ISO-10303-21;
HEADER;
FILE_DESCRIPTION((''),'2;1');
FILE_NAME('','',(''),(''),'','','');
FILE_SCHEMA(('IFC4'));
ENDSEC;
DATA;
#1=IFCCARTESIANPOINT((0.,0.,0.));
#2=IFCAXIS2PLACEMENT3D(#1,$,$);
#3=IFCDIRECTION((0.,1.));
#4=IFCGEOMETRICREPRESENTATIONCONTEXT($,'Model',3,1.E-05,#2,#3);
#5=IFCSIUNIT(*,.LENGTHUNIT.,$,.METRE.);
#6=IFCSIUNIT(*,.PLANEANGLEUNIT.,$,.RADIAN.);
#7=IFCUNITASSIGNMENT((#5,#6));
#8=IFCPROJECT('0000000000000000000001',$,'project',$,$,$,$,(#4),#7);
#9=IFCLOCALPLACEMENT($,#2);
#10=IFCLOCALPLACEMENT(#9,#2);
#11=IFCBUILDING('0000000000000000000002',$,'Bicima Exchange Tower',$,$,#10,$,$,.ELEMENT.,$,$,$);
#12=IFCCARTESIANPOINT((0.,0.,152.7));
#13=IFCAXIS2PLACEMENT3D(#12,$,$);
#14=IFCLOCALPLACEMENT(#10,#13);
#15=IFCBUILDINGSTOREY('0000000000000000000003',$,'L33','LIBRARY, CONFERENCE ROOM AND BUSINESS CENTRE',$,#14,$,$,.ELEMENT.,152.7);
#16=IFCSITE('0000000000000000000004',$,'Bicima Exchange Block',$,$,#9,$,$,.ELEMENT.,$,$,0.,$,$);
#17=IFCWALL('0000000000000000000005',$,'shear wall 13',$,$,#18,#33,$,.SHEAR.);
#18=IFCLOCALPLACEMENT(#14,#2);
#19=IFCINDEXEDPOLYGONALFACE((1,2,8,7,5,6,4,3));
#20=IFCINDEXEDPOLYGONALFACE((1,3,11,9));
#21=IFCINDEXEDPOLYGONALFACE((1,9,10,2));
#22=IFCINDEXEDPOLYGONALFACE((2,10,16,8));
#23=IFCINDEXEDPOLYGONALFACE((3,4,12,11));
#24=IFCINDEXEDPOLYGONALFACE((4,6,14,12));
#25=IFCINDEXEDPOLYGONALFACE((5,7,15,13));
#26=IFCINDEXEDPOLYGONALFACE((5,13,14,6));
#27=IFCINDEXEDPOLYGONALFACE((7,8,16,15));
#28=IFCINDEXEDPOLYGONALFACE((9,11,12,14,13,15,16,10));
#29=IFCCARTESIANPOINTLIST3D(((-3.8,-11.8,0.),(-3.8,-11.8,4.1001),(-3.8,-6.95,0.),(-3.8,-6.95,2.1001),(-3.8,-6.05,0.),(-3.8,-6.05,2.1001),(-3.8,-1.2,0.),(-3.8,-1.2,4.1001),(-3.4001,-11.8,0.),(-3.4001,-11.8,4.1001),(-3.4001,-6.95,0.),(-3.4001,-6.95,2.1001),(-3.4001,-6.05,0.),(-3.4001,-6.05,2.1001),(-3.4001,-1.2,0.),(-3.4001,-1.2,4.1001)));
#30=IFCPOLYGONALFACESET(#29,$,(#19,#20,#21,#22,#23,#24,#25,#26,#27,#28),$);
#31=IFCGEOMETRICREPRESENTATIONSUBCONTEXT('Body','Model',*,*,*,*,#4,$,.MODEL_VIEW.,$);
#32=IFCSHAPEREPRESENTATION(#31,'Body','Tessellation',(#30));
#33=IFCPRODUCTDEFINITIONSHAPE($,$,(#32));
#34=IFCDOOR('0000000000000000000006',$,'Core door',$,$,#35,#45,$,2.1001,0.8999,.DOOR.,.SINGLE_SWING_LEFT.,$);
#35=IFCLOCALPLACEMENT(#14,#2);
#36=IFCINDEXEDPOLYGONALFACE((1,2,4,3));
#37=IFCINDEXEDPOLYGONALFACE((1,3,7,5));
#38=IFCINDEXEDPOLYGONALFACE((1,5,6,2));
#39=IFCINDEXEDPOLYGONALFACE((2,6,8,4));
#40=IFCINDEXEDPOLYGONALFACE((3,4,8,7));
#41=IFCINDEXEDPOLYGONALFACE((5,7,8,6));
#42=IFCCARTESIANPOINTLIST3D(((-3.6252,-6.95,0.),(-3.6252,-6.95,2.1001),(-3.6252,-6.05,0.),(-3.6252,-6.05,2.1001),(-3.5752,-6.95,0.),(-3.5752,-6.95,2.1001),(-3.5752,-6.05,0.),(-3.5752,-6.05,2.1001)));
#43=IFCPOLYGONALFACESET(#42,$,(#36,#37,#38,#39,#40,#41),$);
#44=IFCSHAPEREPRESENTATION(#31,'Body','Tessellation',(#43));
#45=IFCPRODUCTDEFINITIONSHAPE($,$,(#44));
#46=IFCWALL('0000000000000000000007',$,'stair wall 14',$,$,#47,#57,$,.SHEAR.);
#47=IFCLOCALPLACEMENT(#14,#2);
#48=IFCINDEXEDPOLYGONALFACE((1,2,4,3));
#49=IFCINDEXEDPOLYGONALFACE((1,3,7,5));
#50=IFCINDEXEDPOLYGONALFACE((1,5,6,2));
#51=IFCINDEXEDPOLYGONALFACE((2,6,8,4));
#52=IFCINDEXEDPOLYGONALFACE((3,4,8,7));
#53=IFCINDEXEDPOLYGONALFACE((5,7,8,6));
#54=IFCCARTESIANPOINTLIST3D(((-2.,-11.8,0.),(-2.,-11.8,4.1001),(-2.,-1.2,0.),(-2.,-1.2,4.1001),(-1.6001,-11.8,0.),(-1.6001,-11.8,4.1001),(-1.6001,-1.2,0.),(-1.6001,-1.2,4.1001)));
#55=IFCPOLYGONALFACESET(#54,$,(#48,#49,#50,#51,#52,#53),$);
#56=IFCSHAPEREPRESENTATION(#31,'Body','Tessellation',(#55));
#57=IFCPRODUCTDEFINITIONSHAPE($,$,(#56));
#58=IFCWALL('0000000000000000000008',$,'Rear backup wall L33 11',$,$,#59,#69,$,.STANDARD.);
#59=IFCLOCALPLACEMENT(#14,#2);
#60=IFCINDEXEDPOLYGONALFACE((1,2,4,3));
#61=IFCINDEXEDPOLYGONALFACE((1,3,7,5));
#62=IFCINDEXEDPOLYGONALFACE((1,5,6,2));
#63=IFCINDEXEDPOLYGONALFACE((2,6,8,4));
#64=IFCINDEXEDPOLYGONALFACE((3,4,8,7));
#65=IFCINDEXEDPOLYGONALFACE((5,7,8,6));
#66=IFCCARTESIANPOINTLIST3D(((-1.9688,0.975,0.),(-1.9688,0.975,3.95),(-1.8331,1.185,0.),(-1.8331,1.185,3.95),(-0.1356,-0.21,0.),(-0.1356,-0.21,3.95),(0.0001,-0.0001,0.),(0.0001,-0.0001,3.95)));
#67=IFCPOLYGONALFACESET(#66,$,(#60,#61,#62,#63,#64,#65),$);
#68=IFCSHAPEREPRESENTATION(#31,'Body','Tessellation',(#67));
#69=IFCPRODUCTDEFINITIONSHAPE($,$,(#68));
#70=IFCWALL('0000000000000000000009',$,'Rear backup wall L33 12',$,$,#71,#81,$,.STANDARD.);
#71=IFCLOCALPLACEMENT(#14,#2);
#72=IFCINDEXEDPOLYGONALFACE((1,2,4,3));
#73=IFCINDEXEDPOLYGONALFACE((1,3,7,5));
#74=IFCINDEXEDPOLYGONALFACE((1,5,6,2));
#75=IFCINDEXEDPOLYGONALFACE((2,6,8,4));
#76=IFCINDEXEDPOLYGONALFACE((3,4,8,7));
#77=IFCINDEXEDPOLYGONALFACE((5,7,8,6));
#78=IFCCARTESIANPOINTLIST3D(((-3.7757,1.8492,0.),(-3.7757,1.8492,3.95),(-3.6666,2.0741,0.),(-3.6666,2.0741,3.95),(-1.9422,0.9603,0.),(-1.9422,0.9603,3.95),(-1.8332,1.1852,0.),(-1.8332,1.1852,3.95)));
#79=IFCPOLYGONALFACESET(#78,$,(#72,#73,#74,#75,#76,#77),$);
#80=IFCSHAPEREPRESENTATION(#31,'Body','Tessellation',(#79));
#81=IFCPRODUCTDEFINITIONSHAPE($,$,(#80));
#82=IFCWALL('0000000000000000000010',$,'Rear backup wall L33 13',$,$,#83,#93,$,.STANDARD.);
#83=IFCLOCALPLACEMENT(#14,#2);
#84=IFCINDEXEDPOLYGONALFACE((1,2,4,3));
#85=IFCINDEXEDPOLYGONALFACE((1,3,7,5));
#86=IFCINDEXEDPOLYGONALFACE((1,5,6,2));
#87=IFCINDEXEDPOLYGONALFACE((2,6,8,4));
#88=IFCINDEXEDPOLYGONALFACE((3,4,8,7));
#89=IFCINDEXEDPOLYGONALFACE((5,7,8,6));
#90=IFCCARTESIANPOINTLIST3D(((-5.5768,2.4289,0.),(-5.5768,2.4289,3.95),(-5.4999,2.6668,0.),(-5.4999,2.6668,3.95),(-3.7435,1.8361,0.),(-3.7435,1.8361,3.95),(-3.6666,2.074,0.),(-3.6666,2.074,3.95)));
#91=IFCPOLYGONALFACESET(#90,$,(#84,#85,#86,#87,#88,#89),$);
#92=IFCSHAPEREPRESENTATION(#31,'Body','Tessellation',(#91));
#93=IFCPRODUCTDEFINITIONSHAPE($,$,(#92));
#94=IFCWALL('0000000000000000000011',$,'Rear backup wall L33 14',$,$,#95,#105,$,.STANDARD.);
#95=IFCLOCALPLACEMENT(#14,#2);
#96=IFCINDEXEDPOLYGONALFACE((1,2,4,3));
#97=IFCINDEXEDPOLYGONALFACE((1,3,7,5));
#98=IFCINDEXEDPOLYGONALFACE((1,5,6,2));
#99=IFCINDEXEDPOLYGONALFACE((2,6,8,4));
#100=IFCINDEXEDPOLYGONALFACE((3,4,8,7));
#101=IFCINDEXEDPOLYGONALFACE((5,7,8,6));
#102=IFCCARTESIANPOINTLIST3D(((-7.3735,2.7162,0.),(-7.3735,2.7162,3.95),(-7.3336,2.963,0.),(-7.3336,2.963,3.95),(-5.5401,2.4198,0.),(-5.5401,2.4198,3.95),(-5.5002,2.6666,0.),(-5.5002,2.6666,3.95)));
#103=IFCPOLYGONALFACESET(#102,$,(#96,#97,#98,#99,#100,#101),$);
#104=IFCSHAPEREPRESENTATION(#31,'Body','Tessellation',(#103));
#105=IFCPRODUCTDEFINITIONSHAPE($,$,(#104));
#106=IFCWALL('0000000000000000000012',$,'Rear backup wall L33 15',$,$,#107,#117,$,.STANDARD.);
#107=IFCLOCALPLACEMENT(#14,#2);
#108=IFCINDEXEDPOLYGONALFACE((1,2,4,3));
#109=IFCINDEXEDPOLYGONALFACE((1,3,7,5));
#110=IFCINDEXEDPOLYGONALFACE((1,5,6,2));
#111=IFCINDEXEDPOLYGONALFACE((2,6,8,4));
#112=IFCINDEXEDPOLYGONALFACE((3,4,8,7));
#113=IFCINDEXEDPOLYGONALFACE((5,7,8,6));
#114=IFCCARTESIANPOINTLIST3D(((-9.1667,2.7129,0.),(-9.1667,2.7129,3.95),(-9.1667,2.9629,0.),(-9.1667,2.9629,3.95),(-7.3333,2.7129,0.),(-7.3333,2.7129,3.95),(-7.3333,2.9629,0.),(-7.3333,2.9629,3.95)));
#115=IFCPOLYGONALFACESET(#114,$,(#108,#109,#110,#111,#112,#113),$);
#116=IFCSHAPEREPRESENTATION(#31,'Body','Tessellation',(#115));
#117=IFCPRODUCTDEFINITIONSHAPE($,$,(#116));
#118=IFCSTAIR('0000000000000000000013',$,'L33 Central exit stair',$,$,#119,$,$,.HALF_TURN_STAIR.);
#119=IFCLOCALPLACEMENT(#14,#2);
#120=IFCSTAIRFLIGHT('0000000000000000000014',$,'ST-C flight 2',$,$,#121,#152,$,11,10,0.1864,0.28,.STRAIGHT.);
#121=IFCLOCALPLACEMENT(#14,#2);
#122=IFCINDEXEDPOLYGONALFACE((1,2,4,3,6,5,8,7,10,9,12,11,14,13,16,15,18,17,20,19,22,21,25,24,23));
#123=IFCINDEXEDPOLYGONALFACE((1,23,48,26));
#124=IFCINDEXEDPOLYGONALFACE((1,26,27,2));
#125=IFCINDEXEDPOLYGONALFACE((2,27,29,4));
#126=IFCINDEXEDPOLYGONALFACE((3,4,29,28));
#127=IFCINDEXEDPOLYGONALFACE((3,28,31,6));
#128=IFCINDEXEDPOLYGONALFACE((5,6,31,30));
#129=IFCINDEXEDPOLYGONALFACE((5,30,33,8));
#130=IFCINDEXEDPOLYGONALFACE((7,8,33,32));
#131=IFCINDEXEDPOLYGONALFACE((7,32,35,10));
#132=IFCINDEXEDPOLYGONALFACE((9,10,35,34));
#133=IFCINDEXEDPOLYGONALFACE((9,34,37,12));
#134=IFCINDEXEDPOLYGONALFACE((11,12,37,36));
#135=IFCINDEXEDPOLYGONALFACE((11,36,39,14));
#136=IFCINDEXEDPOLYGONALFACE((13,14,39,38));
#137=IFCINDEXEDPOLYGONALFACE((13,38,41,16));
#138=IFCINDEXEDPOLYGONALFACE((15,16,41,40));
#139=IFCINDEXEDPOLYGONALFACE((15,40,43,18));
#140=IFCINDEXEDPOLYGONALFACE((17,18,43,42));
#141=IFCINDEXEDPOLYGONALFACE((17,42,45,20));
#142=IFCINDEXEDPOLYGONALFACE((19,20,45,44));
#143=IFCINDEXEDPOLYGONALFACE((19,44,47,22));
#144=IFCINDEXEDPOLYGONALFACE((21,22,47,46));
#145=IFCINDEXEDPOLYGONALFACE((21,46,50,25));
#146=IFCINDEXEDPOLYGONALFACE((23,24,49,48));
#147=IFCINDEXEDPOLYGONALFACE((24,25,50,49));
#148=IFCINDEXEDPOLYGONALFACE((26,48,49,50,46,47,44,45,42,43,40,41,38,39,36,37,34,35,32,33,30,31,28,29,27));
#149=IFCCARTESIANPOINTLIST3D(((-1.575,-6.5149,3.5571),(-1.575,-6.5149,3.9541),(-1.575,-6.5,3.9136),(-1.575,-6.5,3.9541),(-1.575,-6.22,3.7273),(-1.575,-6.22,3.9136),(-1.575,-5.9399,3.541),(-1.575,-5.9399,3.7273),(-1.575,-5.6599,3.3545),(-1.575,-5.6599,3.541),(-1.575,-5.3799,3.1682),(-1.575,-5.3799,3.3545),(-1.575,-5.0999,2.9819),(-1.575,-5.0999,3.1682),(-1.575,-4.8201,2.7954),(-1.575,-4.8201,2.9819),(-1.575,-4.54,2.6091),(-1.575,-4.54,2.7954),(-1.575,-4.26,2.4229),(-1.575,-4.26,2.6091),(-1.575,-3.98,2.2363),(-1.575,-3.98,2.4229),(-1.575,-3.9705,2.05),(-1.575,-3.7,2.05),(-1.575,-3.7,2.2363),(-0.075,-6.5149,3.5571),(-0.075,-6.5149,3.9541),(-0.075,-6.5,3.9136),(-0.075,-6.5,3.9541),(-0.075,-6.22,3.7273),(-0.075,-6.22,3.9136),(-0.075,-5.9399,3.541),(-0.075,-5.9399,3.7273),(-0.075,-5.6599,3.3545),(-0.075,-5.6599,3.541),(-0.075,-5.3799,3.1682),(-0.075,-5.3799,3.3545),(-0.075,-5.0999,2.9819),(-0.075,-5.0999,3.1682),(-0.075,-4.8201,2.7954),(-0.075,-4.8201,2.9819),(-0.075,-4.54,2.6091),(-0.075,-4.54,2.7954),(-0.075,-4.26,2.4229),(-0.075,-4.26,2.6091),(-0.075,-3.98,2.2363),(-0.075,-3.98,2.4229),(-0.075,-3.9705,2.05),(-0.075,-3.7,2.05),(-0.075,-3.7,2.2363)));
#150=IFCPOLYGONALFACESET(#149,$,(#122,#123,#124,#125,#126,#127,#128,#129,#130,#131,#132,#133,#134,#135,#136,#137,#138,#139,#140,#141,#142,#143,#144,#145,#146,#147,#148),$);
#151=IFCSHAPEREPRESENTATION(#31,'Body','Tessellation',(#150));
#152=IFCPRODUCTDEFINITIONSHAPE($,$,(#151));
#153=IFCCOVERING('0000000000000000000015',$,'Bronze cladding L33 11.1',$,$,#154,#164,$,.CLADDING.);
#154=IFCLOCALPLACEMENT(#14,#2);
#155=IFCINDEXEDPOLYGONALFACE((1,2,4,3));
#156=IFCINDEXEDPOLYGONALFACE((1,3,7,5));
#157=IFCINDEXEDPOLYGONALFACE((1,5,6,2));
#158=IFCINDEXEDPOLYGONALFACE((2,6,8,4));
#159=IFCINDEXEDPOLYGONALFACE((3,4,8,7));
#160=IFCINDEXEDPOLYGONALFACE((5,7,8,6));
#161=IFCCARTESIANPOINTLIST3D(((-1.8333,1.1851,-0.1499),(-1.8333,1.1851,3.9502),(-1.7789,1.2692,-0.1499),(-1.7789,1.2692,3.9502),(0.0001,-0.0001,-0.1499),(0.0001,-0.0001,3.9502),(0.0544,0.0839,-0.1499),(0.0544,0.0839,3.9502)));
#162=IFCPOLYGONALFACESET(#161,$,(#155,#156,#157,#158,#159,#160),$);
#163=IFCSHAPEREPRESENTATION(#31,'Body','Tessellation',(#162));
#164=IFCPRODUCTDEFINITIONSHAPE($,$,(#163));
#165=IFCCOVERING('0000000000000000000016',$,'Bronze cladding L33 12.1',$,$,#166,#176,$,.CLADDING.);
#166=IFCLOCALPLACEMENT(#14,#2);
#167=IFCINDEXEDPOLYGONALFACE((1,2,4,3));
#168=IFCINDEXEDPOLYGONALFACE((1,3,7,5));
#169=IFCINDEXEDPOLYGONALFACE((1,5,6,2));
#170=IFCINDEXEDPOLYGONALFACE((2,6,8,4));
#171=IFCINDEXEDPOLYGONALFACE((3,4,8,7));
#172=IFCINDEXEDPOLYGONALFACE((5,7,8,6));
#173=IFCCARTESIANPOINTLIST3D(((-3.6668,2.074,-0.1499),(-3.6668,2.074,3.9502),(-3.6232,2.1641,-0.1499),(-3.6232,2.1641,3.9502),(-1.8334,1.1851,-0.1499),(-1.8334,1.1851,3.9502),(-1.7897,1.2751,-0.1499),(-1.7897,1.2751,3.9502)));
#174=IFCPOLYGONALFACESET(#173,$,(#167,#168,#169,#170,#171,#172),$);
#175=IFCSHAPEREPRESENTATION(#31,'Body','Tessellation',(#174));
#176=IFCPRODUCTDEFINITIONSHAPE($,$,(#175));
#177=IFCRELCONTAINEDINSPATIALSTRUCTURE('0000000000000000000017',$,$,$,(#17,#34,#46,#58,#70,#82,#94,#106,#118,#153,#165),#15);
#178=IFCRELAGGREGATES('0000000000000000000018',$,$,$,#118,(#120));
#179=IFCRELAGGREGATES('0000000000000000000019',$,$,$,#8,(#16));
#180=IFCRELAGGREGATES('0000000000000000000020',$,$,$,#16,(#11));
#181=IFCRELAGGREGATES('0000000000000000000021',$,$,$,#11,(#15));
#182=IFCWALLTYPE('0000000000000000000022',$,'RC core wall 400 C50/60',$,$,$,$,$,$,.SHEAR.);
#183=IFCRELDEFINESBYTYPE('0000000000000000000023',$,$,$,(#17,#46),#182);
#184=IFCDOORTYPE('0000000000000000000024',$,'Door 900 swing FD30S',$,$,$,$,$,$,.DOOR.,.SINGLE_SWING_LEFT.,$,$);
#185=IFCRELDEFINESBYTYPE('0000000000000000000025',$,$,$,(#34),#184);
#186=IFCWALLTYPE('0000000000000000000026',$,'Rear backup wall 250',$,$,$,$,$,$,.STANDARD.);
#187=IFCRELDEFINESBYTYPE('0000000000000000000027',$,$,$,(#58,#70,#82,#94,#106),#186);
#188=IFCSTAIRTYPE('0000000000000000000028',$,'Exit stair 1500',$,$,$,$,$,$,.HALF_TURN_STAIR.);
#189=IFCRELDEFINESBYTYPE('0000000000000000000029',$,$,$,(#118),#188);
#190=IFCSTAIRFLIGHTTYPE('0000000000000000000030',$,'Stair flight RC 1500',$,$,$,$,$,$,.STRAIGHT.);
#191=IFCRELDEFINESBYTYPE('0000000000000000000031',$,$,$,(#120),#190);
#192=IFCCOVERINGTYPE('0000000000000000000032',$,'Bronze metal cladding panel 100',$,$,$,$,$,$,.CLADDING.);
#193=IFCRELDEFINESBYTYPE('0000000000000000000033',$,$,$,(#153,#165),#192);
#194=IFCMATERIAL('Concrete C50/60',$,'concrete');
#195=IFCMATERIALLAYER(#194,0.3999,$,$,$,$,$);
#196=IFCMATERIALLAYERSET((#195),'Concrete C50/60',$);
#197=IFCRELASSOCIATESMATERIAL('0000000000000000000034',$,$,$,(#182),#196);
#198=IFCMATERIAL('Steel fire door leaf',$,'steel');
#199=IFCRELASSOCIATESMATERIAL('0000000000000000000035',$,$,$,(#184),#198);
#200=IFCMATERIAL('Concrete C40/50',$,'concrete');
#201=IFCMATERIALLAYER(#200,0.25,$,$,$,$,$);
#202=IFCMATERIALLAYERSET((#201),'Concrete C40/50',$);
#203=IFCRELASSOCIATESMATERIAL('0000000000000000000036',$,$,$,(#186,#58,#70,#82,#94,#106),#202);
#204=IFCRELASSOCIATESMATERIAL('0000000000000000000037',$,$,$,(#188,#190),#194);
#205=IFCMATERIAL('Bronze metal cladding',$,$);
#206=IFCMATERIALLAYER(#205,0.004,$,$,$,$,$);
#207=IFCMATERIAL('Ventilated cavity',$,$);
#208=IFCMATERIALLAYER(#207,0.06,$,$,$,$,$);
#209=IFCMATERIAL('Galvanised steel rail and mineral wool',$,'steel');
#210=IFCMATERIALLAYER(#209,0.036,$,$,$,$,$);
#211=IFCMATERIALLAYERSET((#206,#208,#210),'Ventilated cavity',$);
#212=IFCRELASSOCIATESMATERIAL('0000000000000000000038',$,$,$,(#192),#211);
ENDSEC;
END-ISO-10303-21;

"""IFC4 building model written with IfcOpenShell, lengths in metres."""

from ifc_helpers import new_model, si_unit, direction, frame, frame_2d, origin, origin_2d, place, context, subcontext, project, spatial, polyline, rectangle, outline, extrude, material, layer, layer_set, layer_usage, type_object, element, fill, aggregate, save


model = new_model("IFC4")

# Units and contexts
model_context = context("Model", 3, precision=1e-05, world=origin(), true_north=direction((0.0, 1.0)))
body_context = subcontext(model_context, "Body", "Model", "MODEL_VIEW")
ifc_project = project(units=[si_unit("LENGTHUNIT", "METRE"), si_unit("PLANEANGLEUNIT", "RADIAN")], contexts=[model_context])

# Site, building, storey
site_placement = place(None, origin())
site = spatial("IfcSite", under=ifc_project, at=site_placement, Name="Bicima Exchange Block", CompositionType="ELEMENT", RefElevation=0.0)
building_placement = place(site_placement, origin())
building = spatial("IfcBuilding", under=site, at=building_placement, Name="Bicima Exchange Tower", CompositionType="ELEMENT")
storey_placement = place(building_placement, frame((0.0, 0.0, 152.7)))
storey = spatial("IfcBuildingStorey", under=building, at=storey_placement, Name="L33", Description="LIBRARY, CONFERENCE ROOM AND BUSINESS CENTRE", CompositionType="ELEMENT", Elevation=152.7)

# Shared definitions
ifc_material_1 = material(Name="Concrete C40/50", Category="concrete")

# Shared definitions
ifc_material_2 = material(Name="Concrete C50/60", Category="concrete")

# Shared definitions
ifc_layer_1 = layer(ifc_material_2, 0.3999)
ifc_layer_set_1 = layer_set([ifc_layer_1], Name="Concrete C50/60")
wall_type_1 = type_object("IfcWallType", Name="RC core wall 400 C50/60", PredefinedType="SHEAR", material=ifc_layer_set_1)
ifc_material_3 = material(Name="Steel fire door leaf", Category="steel")

# Wall, opening, door
wall_1_placement = place(storey_placement, frame((-3.6001, -11.8, 0.0), z_axis=(0.0, 0.0, 1.0), x_axis=(0.0, 1.0, 0.0)))
wall_1 = element("IfcWall", 1, at=wall_1_placement, inside=storey, type_object=wall_type_1, Name="shear wall 13", PredefinedType="SHEAR", context=body_context, shape_type="SweptSolid", body=[
    extrude(rectangle(XDim=10.6001, YDim=0.3999, at=frame_2d((5.3, 0.0))), origin(), (0.0, 0.0, 1.0), 4.1001),
])
opening_1_placement = place(wall_1_placement, frame((4.8501, 0.0, 0.0)))
opening_1 = element("IfcOpeningElement", 2, at=opening_1_placement, cuts=wall_1, PredefinedType="OPENING", context=body_context, shape_type="SweptSolid", body=[
    extrude(rectangle(XDim=0.8999, YDim=2.1001, at=frame_2d((0.45, 1.05))), frame((0.0, 0.2119, 0.0), z_axis=(0.0, -1.0, 0.0), x_axis=(1.0, 0.0, 0.0)), (0.0, 0.0, 1.0), 0.4238),
])
door_type_1 = type_object("IfcDoorType", Name="Door 900 swing FD30S", OperationType="SINGLE_SWING_LEFT", PredefinedType="DOOR", material=ifc_material_3)
door_1_placement = place(opening_1_placement, frame((0.8999, 0.0, 0.0), z_axis=(0.0, 0.0, 1.0), x_axis=(-1.0, 0.0, 0.0)))
door_1 = element("IfcDoor", 3, at=door_1_placement, inside=storey, type_object=door_type_1, Name="Core door", OperationType="SINGLE_SWING_LEFT", OverallHeight=2.1001, OverallWidth=0.8999, PredefinedType="DOOR", context=body_context, shape_type="SweptSolid", body=[
    extrude(rectangle(XDim=0.8999, YDim=2.1001, at=frame_2d((0.45, 1.05))), frame((0.0, 0.0249, 0.0), z_axis=(0.0, -1.0, 0.0), x_axis=(1.0, 0.0, 0.0)), (0.0, 0.0, 1.0), 0.05),
])
fill(opening_1, door_1)

# Walls
wall_2_placement = place(storey_placement, frame((-1.8, -11.8, 0.0), z_axis=(0.0, 0.0, 1.0), x_axis=(0.0, 1.0, 0.0)))
element("IfcWall", 4, at=wall_2_placement, inside=storey, type_object=wall_type_1, Name="stair wall 14", PredefinedType="SHEAR", context=body_context, shape_type="SweptSolid", body=[
    extrude(rectangle(XDim=10.6001, YDim=0.3999, at=frame_2d((5.3, 0.0))), origin(), (0.0, 0.0, 1.0), 4.1001),
])
ifc_layer_2 = layer(ifc_material_1, 0.25)
ifc_layer_set_2 = layer_set([ifc_layer_2], Name="Concrete C40/50")
ifc_layer_usage = layer_usage(ifc_layer_set_2, "AXIS2", "POSITIVE", -0.125)
wall_type_2 = type_object("IfcWallType", Name="Rear backup wall 250", PredefinedType="STANDARD", material=ifc_layer_set_2)
wall_3_placement = place(storey_placement, frame((-0.0679, -0.105, 0.0), z_axis=(0.0, 0.0, 1.0), x_axis=(-0.839813, 0.542876, 0.0)))
element("IfcWall", 5, at=wall_3_placement, inside=storey, type_object=wall_type_2, material=ifc_layer_usage, Name="Rear backup wall L33 11", PredefinedType="STANDARD", context=body_context, shape_type="SweptSolid", body=[
    extrude(rectangle(XDim=2.1829, YDim=0.25, at=frame_2d((1.0913, 0.0))), origin(), (0.0, 0.0, 1.0), 3.95),
])
wall_4_placement = place(storey_placement, frame((-1.8877, 1.0728, 0.0), z_axis=(0.0, 0.0, 1.0), x_axis=(-0.899824, 0.436253, 0.0)))
element("IfcWall", 6, at=wall_4_placement, inside=storey, type_object=wall_type_2, material=ifc_layer_usage, Name="Rear backup wall L33 12", PredefinedType="STANDARD", context=body_context, shape_type="SweptSolid", body=[
    extrude(rectangle(XDim=2.0376, YDim=0.25, at=frame_2d((1.0188, 0.0))), origin(), (0.0, 0.0, 1.0), 3.95),
])
wall_5_placement = place(storey_placement, frame((-3.7051, 1.9551, 0.0), z_axis=(0.0, 0.0, 1.0), x_axis=(-0.951496, 0.307662, 0.0)))
element("IfcWall", 7, at=wall_5_placement, inside=storey, type_object=wall_type_2, material=ifc_layer_usage, Name="Rear backup wall L33 13", PredefinedType="STANDARD", context=body_context, shape_type="SweptSolid", body=[
    extrude(rectangle(XDim=1.9268, YDim=0.25, at=frame_2d((0.9634, 0.0))), origin(), (0.0, 0.0, 1.0), 3.95),
])
wall_6_placement = place(storey_placement, frame((-5.52, 2.5432, 0.0), z_axis=(0.0, 0.0, 1.0), x_axis=(-0.987182, 0.1596, 0.0)))
element("IfcWall", 8, at=wall_6_placement, inside=storey, type_object=wall_type_2, material=ifc_layer_usage, Name="Rear backup wall L33 14", PredefinedType="STANDARD", context=body_context, shape_type="SweptSolid", body=[
    extrude(rectangle(XDim=1.8572, YDim=0.25, at=frame_2d((0.9287, 0.0))), origin(), (0.0, 0.0, 1.0), 3.95),
])
wall_7_placement = place(storey_placement, frame((-7.3333, 2.8379, 0.0), z_axis=(0.0, 0.0, 1.0), x_axis=(-1.0, 0.0, 0.0)))
element("IfcWall", 9, at=wall_7_placement, inside=storey, type_object=wall_type_2, material=ifc_layer_usage, Name="Rear backup wall L33 15", PredefinedType="STANDARD", context=body_context, shape_type="SweptSolid", body=[
    extrude(rectangle(XDim=1.8335, YDim=0.25, at=frame_2d((0.9167, 0.0))), origin(), (0.0, 0.0, 1.0), 3.95),
])

# Stair, stair flight
stair_type_1 = type_object("IfcStairType", Name="Exit stair 1500", PredefinedType="HALF_TURN_STAIR", material=ifc_material_2)
stair_1_placement = place(storey_placement, origin())
stair_1 = element("IfcStair", 10, at=stair_1_placement, inside=storey, type_object=stair_type_1, Name="L33 Central exit stair", PredefinedType="HALF_TURN_STAIR")
stair_flight_type = type_object("IfcStairFlightType", Name="Stair flight RC 1500", PredefinedType="STRAIGHT", material=ifc_material_2)
stair_flight_placement = place(storey_placement, frame((-0.825, -3.7, 2.05), z_axis=(0.0, 0.0, 1.0), x_axis=(0.0, -1.0, 0.0)))
stair_flight = element("IfcStairFlight", 11, at=stair_flight_placement, type_object=stair_flight_type, Name="ST-C flight 2", NumberOfRisers=11, NumberOfTreads=10, PredefinedType="STRAIGHT", RiserHeight=0.1864, TreadLength=0.28, context=body_context, shape_type="SweptSolid", body=[
    extrude(outline(polyline([(0.0, 0.0), (0.0, 0.1863), (0.28, 0.1863), (0.28, 0.3728), (0.5601, 0.3728), (0.5601, 0.5591), (0.8401, 0.5591), (0.8401, 0.7454), (1.1201, 0.7454), (1.1201, 0.9319), (1.3999, 0.9319), (1.3999, 1.1182), (1.6799, 1.1182), (1.6799, 1.3044), (1.96, 1.3044), (1.96, 1.491), (2.24, 1.491), (2.24, 1.6772), (2.52, 1.6772), (2.52, 1.8635), (2.8, 1.8635), (2.8, 1.9041), (2.8149, 1.9041), (2.8149, 1.5071), (0.2705, 0.0), (0.0, 0.0)])), frame((0.0, 0.75, 0.0), z_axis=(0.0, -1.0, 0.0), x_axis=(1.0, 0.0, 0.0)), (0.0, 0.0, 1.0), 1.5),
])
aggregate(stair_1, [stair_flight])

# Coverings
ifc_material_4 = material(Name="Bronze metal cladding")
ifc_layer_3 = layer(ifc_material_4, 0.004)
ifc_material_5 = material(Name="Ventilated cavity")
ifc_layer_4 = layer(ifc_material_5, 0.06)
ifc_material_6 = material(Name="Galvanised steel rail and mineral wool", Category="steel")
ifc_layer_5 = layer(ifc_material_6, 0.036)
ifc_layer_set_3 = layer_set([ifc_layer_3, ifc_layer_4, ifc_layer_5], Name="Ventilated cavity")
covering_type = type_object("IfcCoveringType", Name="Bronze metal cladding panel 100", PredefinedType="CLADDING", material=ifc_layer_set_3)
covering_1_placement = place(storey_placement, frame((-0.8894, 0.6345, -0.1499), z_axis=(0.0, 0.0, 1.0), x_axis=(-0.83979, 0.542911, 0.0)))
element("IfcCovering", 12, at=covering_1_placement, inside=storey, type_object=covering_type, Name="Bronze cladding L33 11.1", PredefinedType="CLADDING", context=body_context, shape_type="SweptSolid", body=[
    extrude(rectangle(XDim=2.1831, YDim=0.1001, at=origin_2d()), origin(), (0.0, 0.0, 1.0), 4.1001),
])
covering_2_placement = place(storey_placement, frame((-2.7283, 1.6746, -0.1499), z_axis=(0.0, 0.0, 1.0), x_axis=(-0.899818, 0.436265, 0.0)))
element("IfcCovering", 13, at=covering_2_placement, inside=storey, type_object=covering_type, Name="Bronze cladding L33 12.1", PredefinedType="CLADDING", context=body_context, shape_type="SweptSolid", body=[
    extrude(rectangle(XDim=2.0376, YDim=0.1001, at=origin_2d()), origin(), (0.0, 0.0, 1.0), 4.1001),
])

save(model, "model.ifc")
